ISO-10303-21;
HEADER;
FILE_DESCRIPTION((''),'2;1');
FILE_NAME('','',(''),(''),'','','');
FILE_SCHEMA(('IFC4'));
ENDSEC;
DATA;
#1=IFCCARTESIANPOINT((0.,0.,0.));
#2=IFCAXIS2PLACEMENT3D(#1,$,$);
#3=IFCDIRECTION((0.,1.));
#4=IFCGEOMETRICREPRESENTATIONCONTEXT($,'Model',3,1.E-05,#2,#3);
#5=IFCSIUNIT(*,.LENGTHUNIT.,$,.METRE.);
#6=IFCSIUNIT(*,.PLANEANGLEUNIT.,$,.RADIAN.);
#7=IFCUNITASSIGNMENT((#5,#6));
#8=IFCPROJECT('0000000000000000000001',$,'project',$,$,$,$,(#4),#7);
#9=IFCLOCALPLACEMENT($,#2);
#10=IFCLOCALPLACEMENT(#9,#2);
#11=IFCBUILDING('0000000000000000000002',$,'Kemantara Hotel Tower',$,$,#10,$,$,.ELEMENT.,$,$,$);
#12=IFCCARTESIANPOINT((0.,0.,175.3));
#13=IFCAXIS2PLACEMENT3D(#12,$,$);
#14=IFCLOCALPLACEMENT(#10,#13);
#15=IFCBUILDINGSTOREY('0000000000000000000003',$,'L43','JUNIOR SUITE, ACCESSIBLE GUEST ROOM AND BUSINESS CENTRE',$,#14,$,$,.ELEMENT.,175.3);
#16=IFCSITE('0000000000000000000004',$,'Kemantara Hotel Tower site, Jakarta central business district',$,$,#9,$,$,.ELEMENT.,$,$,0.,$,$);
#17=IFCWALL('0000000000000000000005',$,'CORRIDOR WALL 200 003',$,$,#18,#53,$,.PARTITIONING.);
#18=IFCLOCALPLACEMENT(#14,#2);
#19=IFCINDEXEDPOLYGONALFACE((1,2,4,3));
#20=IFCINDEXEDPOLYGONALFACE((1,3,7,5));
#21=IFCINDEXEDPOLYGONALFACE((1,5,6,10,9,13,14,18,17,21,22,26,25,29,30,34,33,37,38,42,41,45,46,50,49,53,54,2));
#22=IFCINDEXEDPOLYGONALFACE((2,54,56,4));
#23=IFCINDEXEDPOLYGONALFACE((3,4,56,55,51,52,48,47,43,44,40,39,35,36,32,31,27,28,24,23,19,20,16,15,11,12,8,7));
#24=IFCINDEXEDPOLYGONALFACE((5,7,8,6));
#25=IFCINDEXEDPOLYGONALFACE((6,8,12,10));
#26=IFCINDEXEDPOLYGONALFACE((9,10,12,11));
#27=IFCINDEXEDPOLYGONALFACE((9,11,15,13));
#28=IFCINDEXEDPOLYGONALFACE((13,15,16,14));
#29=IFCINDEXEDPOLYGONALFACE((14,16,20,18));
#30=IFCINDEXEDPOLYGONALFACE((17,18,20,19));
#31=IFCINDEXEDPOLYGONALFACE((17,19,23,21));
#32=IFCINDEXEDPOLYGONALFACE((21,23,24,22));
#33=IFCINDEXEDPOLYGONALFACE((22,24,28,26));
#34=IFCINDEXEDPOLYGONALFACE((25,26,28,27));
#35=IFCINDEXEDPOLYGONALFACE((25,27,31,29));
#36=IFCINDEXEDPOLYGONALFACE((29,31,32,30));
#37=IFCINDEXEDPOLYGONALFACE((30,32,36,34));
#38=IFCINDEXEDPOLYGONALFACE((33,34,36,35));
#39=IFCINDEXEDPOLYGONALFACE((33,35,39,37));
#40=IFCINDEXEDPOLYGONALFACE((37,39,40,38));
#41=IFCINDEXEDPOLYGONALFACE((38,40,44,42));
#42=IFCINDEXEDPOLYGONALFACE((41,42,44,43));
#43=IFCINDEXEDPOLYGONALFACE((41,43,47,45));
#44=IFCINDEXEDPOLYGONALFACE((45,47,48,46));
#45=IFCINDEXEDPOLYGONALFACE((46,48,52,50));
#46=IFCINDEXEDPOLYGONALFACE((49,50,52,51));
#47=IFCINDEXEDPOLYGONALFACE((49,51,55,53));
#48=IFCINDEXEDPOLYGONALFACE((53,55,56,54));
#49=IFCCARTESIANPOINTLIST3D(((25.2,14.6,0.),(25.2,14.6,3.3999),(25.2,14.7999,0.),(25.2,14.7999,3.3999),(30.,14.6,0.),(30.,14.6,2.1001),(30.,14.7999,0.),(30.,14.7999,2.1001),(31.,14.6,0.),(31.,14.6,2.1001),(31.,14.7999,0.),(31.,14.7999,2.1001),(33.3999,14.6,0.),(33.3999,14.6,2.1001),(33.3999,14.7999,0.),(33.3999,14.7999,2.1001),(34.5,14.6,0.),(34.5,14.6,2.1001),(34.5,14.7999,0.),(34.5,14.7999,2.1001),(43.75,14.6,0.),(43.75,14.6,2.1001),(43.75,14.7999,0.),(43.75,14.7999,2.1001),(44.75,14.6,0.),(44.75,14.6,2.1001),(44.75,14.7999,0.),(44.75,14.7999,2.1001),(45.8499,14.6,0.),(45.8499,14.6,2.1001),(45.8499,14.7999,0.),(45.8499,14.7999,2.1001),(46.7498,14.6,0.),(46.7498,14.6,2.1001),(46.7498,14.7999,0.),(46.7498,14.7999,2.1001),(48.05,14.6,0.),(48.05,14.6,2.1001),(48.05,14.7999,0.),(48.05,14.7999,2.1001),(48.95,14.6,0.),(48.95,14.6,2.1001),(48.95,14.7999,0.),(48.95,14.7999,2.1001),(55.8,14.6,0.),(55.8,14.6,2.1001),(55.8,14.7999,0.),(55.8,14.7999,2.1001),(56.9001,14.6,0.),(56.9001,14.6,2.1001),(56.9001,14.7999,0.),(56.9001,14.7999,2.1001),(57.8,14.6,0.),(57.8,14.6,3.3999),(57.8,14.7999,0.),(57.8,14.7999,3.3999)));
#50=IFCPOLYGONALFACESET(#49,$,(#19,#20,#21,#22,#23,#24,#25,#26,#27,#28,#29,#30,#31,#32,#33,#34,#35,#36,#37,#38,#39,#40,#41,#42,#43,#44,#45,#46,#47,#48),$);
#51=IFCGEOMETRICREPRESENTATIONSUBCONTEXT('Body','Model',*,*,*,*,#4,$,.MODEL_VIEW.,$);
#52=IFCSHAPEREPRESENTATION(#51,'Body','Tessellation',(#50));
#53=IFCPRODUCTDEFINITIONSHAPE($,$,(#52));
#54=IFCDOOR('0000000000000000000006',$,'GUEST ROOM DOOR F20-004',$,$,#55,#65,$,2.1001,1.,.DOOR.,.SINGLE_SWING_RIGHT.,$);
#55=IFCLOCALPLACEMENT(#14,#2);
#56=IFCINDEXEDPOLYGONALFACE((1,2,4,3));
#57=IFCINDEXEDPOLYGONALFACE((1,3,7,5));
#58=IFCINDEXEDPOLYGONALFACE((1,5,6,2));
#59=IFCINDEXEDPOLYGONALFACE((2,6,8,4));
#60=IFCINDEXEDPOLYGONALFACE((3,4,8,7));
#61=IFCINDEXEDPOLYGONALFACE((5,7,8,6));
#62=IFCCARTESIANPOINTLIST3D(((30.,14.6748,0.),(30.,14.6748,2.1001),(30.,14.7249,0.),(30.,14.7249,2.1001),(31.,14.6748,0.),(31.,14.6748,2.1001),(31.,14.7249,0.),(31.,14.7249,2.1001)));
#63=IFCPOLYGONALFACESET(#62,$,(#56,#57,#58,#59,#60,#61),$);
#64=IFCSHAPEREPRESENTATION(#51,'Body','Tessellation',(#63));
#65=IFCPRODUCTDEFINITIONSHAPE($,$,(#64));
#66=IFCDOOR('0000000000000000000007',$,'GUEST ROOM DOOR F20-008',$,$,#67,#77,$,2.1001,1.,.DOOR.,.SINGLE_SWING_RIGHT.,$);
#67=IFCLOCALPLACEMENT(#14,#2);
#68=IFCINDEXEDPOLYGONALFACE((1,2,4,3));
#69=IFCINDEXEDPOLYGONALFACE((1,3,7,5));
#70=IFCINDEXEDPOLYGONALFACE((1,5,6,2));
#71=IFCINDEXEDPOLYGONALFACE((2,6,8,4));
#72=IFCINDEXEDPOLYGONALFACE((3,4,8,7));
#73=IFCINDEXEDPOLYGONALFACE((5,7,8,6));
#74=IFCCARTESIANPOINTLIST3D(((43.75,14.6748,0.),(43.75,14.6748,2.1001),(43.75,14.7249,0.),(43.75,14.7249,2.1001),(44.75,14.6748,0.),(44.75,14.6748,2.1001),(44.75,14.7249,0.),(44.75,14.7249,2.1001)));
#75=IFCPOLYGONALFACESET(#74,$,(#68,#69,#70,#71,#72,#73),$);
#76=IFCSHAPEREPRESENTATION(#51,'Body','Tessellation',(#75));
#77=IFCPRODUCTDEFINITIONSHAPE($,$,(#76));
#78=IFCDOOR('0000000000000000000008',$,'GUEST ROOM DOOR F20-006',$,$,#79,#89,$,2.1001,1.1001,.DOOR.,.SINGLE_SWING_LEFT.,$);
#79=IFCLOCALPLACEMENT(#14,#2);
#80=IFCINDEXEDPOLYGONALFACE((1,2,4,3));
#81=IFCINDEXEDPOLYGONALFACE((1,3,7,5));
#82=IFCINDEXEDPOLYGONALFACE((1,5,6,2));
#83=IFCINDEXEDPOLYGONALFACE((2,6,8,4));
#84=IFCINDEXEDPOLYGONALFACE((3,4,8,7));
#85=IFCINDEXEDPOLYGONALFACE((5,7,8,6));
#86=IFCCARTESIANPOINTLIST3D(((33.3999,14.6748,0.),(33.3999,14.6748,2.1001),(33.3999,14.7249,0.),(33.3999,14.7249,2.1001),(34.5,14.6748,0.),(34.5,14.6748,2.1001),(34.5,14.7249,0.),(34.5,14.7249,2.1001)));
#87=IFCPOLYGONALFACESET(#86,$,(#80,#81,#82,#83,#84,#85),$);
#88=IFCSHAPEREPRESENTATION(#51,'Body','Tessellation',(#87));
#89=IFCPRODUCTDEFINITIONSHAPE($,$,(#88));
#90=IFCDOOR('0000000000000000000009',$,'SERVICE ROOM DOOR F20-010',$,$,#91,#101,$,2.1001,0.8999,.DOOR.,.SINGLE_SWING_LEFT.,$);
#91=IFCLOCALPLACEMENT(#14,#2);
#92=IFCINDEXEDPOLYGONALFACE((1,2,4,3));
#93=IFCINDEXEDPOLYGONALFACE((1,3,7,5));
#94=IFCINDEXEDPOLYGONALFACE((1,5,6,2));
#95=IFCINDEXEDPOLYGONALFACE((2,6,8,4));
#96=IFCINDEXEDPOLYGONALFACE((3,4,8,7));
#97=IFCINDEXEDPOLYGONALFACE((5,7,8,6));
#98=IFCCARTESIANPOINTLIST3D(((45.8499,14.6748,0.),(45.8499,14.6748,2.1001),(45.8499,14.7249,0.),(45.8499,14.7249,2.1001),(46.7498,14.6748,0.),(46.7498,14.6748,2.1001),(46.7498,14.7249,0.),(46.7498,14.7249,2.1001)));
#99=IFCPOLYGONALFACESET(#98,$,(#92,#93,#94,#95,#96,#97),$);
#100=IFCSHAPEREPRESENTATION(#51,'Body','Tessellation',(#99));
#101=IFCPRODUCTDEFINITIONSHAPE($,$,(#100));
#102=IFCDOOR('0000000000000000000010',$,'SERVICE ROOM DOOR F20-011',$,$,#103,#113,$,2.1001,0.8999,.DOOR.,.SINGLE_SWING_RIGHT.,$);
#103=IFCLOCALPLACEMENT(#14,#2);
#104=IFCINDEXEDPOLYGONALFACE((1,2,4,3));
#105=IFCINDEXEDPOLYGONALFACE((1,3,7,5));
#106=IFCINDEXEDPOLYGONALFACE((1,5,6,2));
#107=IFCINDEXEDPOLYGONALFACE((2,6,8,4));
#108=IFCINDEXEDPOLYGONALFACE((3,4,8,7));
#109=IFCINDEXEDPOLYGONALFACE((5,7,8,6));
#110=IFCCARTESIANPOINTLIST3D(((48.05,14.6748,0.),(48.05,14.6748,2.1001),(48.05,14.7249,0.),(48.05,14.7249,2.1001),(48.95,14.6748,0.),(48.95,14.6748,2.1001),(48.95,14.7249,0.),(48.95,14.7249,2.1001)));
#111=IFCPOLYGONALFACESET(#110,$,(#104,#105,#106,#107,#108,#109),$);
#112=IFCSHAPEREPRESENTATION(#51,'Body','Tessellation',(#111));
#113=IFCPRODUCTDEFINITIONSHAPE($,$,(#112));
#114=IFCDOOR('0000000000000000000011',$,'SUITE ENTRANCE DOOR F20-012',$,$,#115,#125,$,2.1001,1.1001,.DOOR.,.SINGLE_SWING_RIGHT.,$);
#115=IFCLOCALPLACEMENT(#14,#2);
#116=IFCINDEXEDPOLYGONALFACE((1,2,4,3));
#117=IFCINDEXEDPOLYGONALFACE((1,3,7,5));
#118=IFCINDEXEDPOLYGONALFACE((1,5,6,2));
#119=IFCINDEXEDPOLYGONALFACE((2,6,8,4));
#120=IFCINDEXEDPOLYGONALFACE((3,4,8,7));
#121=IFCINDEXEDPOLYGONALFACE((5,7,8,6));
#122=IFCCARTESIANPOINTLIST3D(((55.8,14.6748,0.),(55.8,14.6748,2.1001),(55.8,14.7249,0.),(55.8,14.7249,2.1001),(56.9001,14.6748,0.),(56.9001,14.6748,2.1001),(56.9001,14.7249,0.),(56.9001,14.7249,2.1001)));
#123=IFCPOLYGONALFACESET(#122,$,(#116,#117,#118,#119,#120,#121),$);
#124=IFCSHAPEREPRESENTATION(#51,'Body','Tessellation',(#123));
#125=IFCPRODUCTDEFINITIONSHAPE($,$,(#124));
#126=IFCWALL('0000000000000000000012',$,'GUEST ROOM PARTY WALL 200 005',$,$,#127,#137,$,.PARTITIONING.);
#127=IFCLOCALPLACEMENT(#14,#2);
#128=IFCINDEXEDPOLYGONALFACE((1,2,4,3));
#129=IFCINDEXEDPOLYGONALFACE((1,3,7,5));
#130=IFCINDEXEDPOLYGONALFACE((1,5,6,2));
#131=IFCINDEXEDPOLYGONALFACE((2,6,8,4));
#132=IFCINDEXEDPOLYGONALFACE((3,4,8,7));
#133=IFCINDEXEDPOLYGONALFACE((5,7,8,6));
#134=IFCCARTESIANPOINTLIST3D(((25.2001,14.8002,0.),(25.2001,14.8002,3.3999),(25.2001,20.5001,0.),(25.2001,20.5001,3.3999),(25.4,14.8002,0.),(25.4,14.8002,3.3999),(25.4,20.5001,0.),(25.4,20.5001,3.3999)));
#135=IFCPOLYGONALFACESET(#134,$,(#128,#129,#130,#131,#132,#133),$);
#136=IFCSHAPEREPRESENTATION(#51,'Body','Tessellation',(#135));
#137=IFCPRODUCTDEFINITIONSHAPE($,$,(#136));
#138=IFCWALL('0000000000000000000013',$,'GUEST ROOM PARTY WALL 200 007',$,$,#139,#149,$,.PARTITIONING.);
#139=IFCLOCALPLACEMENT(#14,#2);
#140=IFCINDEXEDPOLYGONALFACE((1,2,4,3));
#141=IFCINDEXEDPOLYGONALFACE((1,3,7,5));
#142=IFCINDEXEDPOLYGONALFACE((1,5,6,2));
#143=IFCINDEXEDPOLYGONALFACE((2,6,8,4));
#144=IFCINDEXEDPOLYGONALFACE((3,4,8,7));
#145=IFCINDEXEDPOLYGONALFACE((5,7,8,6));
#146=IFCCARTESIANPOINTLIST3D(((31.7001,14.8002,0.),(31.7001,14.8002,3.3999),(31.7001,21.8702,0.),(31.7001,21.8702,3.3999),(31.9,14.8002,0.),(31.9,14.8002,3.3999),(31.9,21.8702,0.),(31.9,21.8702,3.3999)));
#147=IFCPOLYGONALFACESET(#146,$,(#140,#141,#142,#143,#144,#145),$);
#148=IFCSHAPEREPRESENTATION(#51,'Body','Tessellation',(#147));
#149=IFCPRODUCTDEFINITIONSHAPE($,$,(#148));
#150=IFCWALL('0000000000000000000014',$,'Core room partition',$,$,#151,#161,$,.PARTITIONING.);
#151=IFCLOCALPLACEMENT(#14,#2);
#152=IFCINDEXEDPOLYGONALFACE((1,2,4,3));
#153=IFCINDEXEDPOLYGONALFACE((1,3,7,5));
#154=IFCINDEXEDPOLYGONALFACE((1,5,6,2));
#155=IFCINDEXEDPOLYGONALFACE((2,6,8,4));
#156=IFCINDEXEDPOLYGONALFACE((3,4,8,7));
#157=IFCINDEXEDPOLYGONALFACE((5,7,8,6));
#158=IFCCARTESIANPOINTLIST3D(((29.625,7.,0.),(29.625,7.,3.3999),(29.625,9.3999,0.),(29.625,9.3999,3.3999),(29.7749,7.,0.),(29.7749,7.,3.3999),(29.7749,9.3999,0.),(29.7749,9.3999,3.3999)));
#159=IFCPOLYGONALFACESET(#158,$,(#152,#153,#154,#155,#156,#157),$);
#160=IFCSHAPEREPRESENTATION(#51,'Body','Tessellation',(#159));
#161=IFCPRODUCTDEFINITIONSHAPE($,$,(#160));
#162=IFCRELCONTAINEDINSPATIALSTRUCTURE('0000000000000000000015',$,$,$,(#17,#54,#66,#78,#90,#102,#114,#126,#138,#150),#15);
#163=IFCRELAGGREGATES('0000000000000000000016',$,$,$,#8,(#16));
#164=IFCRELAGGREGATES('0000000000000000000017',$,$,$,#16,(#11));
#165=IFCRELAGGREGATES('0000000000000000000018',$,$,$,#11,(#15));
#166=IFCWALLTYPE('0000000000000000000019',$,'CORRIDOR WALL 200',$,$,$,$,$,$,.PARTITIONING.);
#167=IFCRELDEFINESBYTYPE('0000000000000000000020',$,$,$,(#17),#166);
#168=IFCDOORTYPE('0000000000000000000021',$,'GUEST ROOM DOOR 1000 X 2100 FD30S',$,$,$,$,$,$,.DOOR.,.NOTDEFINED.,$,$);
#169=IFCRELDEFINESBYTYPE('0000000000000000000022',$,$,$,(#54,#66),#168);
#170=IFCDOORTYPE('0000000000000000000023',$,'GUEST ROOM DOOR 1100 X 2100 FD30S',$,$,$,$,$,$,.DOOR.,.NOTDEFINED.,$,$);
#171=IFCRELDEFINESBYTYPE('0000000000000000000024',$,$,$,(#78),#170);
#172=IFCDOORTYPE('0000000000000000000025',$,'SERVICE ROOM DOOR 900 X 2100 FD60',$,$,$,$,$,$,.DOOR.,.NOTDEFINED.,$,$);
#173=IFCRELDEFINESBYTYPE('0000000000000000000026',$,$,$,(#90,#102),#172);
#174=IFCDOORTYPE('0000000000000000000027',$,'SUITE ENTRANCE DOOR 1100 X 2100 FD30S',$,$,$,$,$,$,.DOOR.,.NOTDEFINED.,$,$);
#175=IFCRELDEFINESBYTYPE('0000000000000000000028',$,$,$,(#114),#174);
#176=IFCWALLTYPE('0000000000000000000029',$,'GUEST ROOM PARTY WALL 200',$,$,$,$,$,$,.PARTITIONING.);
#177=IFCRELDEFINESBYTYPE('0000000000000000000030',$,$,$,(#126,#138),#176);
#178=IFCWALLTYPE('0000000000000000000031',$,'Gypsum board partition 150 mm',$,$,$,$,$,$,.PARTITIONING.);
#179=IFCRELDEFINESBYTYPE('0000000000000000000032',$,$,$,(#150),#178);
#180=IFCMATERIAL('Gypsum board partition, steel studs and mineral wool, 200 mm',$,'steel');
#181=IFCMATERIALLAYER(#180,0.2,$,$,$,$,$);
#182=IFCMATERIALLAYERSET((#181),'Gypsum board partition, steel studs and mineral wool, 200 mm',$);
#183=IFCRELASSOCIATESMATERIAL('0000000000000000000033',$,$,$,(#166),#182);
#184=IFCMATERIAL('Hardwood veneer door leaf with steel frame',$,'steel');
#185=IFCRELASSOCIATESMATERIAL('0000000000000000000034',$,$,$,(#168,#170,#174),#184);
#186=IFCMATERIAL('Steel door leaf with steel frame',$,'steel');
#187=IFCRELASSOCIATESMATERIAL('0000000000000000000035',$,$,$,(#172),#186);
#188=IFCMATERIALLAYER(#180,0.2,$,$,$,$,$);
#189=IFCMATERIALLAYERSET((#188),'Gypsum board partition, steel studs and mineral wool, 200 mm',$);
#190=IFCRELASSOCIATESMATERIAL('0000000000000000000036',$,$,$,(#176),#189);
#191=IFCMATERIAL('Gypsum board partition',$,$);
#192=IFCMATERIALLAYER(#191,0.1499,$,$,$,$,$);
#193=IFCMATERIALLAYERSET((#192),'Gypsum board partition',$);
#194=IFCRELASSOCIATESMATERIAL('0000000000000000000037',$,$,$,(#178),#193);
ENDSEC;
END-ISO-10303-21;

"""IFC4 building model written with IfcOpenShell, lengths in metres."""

from ifc_helpers import new_model, si_unit, direction, frame, frame_2d, origin, place, context, subcontext, project, spatial, rectangle, extrude, material, layer, layer_set, type_object, element, fill, save


model = new_model("IFC4")

# Units and contexts
model_context = context("Model", 3, precision=1e-05, world=origin(), true_north=direction((0.0, 1.0)))
body_context = subcontext(model_context, "Body", "Model", "MODEL_VIEW")
ifc_project = project(units=[si_unit("LENGTHUNIT", "METRE"), si_unit("PLANEANGLEUNIT", "RADIAN")], contexts=[model_context])

# Site, building, storey
site_placement = place(None, origin())
site = spatial("IfcSite", under=ifc_project, at=site_placement, Name="Kemantara Hotel Tower site, Jakarta central business district", CompositionType="ELEMENT", RefElevation=0.0)
building_placement = place(site_placement, origin())
building = spatial("IfcBuilding", under=site, at=building_placement, Name="Kemantara Hotel Tower", CompositionType="ELEMENT")
storey_placement = place(building_placement, frame((0.0, 0.0, 175.3)))
storey = spatial("IfcBuildingStorey", under=building, at=storey_placement, Name="L43", Description="JUNIOR SUITE, ACCESSIBLE GUEST ROOM AND BUSINESS CENTRE", CompositionType="ELEMENT", Elevation=175.3)

# Wall, openings, doors
ifc_material_1 = material(Name="Gypsum board partition, steel studs and mineral wool, 200 mm", Category="steel")
ifc_layer_1 = layer(ifc_material_1, 0.2)
ifc_layer_set_1 = layer_set([ifc_layer_1], Name="Gypsum board partition, steel studs and mineral wool, 200 mm")
wall_type_1 = type_object("IfcWallType", Name="CORRIDOR WALL 200", PredefinedType="PARTITIONING", material=ifc_layer_set_1)
wall_1_placement = place(storey_placement, frame((25.2, 14.7, 0.0), z_axis=(0.0, 0.0, 1.0), x_axis=(1.0, 0.0, 0.0)))
wall_1 = element("IfcWall", 1, at=wall_1_placement, inside=storey, type_object=wall_type_1, Name="CORRIDOR WALL 200 003", PredefinedType="PARTITIONING", context=body_context, shape_type="SweptSolid", body=[
    extrude(rectangle(XDim=32.6001, YDim=0.2, at=frame_2d((16.3, 0.0))), origin(), (0.0, 0.0, 1.0), 3.3999),
])
opening_1_placement = place(wall_1_placement, frame((4.8, 0.0, 0.0)))
opening_1 = element("IfcOpeningElement", 2, at=opening_1_placement, cuts=wall_1, PredefinedType="OPENING", context=body_context, shape_type="SweptSolid", body=[
    extrude(rectangle(XDim=1.0, YDim=2.1001, at=frame_2d((0.5, 1.05))), frame((0.0, 0.1099, 0.0), z_axis=(0.0, -1.0, 0.0), x_axis=(1.0, 0.0, 0.0)), (0.0, 0.0, 1.0), 0.22),
])
opening_2_placement = place(wall_1_placement, frame((8.2, 0.0, 0.0)))
opening_2 = element("IfcOpeningElement", 3, at=opening_2_placement, cuts=wall_1, PredefinedType="OPENING", context=body_context, shape_type="SweptSolid", body=[
    extrude(rectangle(XDim=1.1001, YDim=2.1001, at=frame_2d((0.55, 1.05))), frame((0.0, 0.1099, 0.0), z_axis=(0.0, -1.0, 0.0), x_axis=(1.0, 0.0, 0.0)), (0.0, 0.0, 1.0), 0.22),
])
opening_3_placement = place(wall_1_placement, frame((18.55, 0.0, 0.0)))
opening_3 = element("IfcOpeningElement", 4, at=opening_3_placement, cuts=wall_1, PredefinedType="OPENING", context=body_context, shape_type="SweptSolid", body=[
    extrude(rectangle(XDim=1.0, YDim=2.1001, at=frame_2d((0.5, 1.05))), frame((0.0, 0.1099, 0.0), z_axis=(0.0, -1.0, 0.0), x_axis=(1.0, 0.0, 0.0)), (0.0, 0.0, 1.0), 0.22),
])
opening_4_placement = place(wall_1_placement, frame((20.6499, 0.0, 0.0)))
opening_4 = element("IfcOpeningElement", 5, at=opening_4_placement, cuts=wall_1, PredefinedType="OPENING", context=body_context, shape_type="SweptSolid", body=[
    extrude(rectangle(XDim=0.8999, YDim=2.1001, at=frame_2d((0.45, 1.05))), frame((0.0, 0.1099, 0.0), z_axis=(0.0, -1.0, 0.0), x_axis=(1.0, 0.0, 0.0)), (0.0, 0.0, 1.0), 0.22),
])
opening_5_placement = place(wall_1_placement, frame((22.8501, 0.0, 0.0)))
opening_5 = element("IfcOpeningElement", 6, at=opening_5_placement, cuts=wall_1, PredefinedType="OPENING", context=body_context, shape_type="SweptSolid", body=[
    extrude(rectangle(XDim=0.8999, YDim=2.1001, at=frame_2d((0.45, 1.05))), frame((0.0, 0.1099, 0.0), z_axis=(0.0, -1.0, 0.0), x_axis=(1.0, 0.0, 0.0)), (0.0, 0.0, 1.0), 0.22),
])
opening_6_placement = place(wall_1_placement, frame((30.6001, 0.0, 0.0)))
opening_6 = element("IfcOpeningElement", 7, at=opening_6_placement, cuts=wall_1, PredefinedType="OPENING", context=body_context, shape_type="SweptSolid", body=[
    extrude(rectangle(XDim=1.1001, YDim=2.1001, at=frame_2d((0.55, 1.05))), frame((0.0, 0.1099, 0.0), z_axis=(0.0, -1.0, 0.0), x_axis=(1.0, 0.0, 0.0)), (0.0, 0.0, 1.0), 0.22),
])
ifc_material_2 = material(Name="Hardwood veneer door leaf with steel frame", Category="steel")
door_type_1 = type_object("IfcDoorType", Name="GUEST ROOM DOOR 1000 X 2100 FD30S", OperationType="NOTDEFINED", PredefinedType="DOOR", material=ifc_material_2)
door_1_placement = place(opening_1_placement, origin())
door_1 = element("IfcDoor", 8, at=door_1_placement, inside=storey, type_object=door_type_1, Name="GUEST ROOM DOOR F20-004", OperationType="SINGLE_SWING_RIGHT", OverallHeight=2.1001, OverallWidth=1.0, PredefinedType="DOOR", context=body_context, shape_type="SweptSolid", body=[
    extrude(rectangle(XDim=1.0, YDim=2.1001, at=frame_2d((0.5, 1.05))), frame((0.0, 0.0249, 0.0), z_axis=(0.0, -1.0, 0.0), x_axis=(1.0, 0.0, 0.0)), (0.0, 0.0, 1.0), 0.05),
])
fill(opening_1, door_1)
door_2_placement = place(opening_3_placement, origin())
door_2 = element("IfcDoor", 9, at=door_2_placement, inside=storey, type_object=door_type_1, Name="GUEST ROOM DOOR F20-008", OperationType="SINGLE_SWING_RIGHT", OverallHeight=2.1001, OverallWidth=1.0, PredefinedType="DOOR", context=body_context, shape_type="SweptSolid", body=[
    extrude(rectangle(XDim=1.0, YDim=2.1001, at=frame_2d((0.5, 1.05))), frame((0.0, 0.0249, 0.0), z_axis=(0.0, -1.0, 0.0), x_axis=(1.0, 0.0, 0.0)), (0.0, 0.0, 1.0), 0.05),
])
fill(opening_3, door_2)
door_type_2 = type_object("IfcDoorType", Name="GUEST ROOM DOOR 1100 X 2100 FD30S", OperationType="NOTDEFINED", PredefinedType="DOOR", material=ifc_material_2)
door_3_placement = place(opening_2_placement, origin())
door_3 = element("IfcDoor", 10, at=door_3_placement, inside=storey, type_object=door_type_2, Name="GUEST ROOM DOOR F20-006", OperationType="SINGLE_SWING_LEFT", OverallHeight=2.1001, OverallWidth=1.1001, PredefinedType="DOOR", context=body_context, shape_type="SweptSolid", body=[
    extrude(rectangle(XDim=1.1001, YDim=2.1001, at=frame_2d((0.55, 1.05))), frame((0.0, 0.0249, 0.0), z_axis=(0.0, -1.0, 0.0), x_axis=(1.0, 0.0, 0.0)), (0.0, 0.0, 1.0), 0.05),
])
fill(opening_2, door_3)
ifc_material_3 = material(Name="Steel door leaf with steel frame", Category="steel")
door_type_3 = type_object("IfcDoorType", Name="SERVICE ROOM DOOR 900 X 2100 FD60", OperationType="NOTDEFINED", PredefinedType="DOOR", material=ifc_material_3)
door_4_placement = place(opening_4_placement, origin())
door_4 = element("IfcDoor", 11, at=door_4_placement, inside=storey, type_object=door_type_3, Name="SERVICE ROOM DOOR F20-010", OperationType="SINGLE_SWING_LEFT", OverallHeight=2.1001, OverallWidth=0.8999, PredefinedType="DOOR", context=body_context, shape_type="SweptSolid", body=[
    extrude(rectangle(XDim=0.8999, YDim=2.1001, at=frame_2d((0.45, 1.05))), frame((0.0, 0.0249, 0.0), z_axis=(0.0, -1.0, 0.0), x_axis=(1.0, 0.0, 0.0)), (0.0, 0.0, 1.0), 0.05),
])
fill(opening_4, door_4)
door_5_placement = place(opening_5_placement, origin())
door_5 = element("IfcDoor", 12, at=door_5_placement, inside=storey, type_object=door_type_3, Name="SERVICE ROOM DOOR F20-011", OperationType="SINGLE_SWING_RIGHT", OverallHeight=2.1001, OverallWidth=0.8999, PredefinedType="DOOR", context=body_context, shape_type="SweptSolid", body=[
    extrude(rectangle(XDim=0.8999, YDim=2.1001, at=frame_2d((0.45, 1.05))), frame((0.0, 0.0249, 0.0), z_axis=(0.0, -1.0, 0.0), x_axis=(1.0, 0.0, 0.0)), (0.0, 0.0, 1.0), 0.05),
])
fill(opening_5, door_5)
door_type_4 = type_object("IfcDoorType", Name="SUITE ENTRANCE DOOR 1100 X 2100 FD30S", OperationType="NOTDEFINED", PredefinedType="DOOR", material=ifc_material_2)
door_6_placement = place(opening_6_placement, origin())
door_6 = element("IfcDoor", 13, at=door_6_placement, inside=storey, type_object=door_type_4, Name="SUITE ENTRANCE DOOR F20-012", OperationType="SINGLE_SWING_RIGHT", OverallHeight=2.1001, OverallWidth=1.1001, PredefinedType="DOOR", context=body_context, shape_type="SweptSolid", body=[
    extrude(rectangle(XDim=1.1001, YDim=2.1001, at=frame_2d((0.55, 1.05))), frame((0.0, 0.0249, 0.0), z_axis=(0.0, -1.0, 0.0), x_axis=(1.0, 0.0, 0.0)), (0.0, 0.0, 1.0), 0.05),
])
fill(opening_6, door_6)

# Walls
ifc_layer_2 = layer(ifc_material_1, 0.2)
ifc_layer_set_2 = layer_set([ifc_layer_2], Name="Gypsum board partition, steel studs and mineral wool, 200 mm")
wall_type_2 = type_object("IfcWallType", Name="GUEST ROOM PARTY WALL 200", PredefinedType="PARTITIONING", material=ifc_layer_set_2)
wall_2_placement = place(storey_placement, frame((25.3, 14.8, 0.0), z_axis=(0.0, 0.0, 1.0), x_axis=(0.0, 1.0, 0.0)))
element("IfcWall", 14, at=wall_2_placement, inside=storey, type_object=wall_type_2, Name="GUEST ROOM PARTY WALL 200 005", PredefinedType="PARTITIONING", context=body_context, shape_type="SweptSolid", body=[
    extrude(rectangle(XDim=5.7, YDim=0.2, at=frame_2d((2.8501, 0.0))), origin(), (0.0, 0.0, 1.0), 3.3999),
])
wall_3_placement = place(storey_placement, frame((31.8, 14.8, 0.0), z_axis=(0.0, 0.0, 1.0), x_axis=(0.0, 1.0, 0.0)))
element("IfcWall", 15, at=wall_3_placement, inside=storey, type_object=wall_type_2, Name="GUEST ROOM PARTY WALL 200 007", PredefinedType="PARTITIONING", context=body_context, shape_type="SweptSolid", body=[
    extrude(rectangle(XDim=7.0701, YDim=0.2, at=frame_2d((3.5352, 0.0))), origin(), (0.0, 0.0, 1.0), 3.3999),
])
ifc_material_4 = material(Name="Gypsum board partition")
ifc_layer_3 = layer(ifc_material_4, 0.1499)
ifc_layer_set_3 = layer_set([ifc_layer_3], Name="Gypsum board partition")
wall_type_3 = type_object("IfcWallType", Name="Gypsum board partition 150 mm", PredefinedType="PARTITIONING", material=ifc_layer_set_3)
wall_4_placement = place(storey_placement, frame((29.7, 7.0, 0.0), z_axis=(0.0, 0.0, 1.0), x_axis=(0.0, 1.0, 0.0)))
element("IfcWall", 16, at=wall_4_placement, inside=storey, type_object=wall_type_3, Name="Core room partition", PredefinedType="PARTITIONING", context=body_context, shape_type="SweptSolid", body=[
    extrude(rectangle(XDim=2.3999, YDim=0.1499, at=frame_2d((1.2, 0.0))), origin(), (0.0, 0.0, 1.0), 3.3999),
])

save(model, "model.ifc")
